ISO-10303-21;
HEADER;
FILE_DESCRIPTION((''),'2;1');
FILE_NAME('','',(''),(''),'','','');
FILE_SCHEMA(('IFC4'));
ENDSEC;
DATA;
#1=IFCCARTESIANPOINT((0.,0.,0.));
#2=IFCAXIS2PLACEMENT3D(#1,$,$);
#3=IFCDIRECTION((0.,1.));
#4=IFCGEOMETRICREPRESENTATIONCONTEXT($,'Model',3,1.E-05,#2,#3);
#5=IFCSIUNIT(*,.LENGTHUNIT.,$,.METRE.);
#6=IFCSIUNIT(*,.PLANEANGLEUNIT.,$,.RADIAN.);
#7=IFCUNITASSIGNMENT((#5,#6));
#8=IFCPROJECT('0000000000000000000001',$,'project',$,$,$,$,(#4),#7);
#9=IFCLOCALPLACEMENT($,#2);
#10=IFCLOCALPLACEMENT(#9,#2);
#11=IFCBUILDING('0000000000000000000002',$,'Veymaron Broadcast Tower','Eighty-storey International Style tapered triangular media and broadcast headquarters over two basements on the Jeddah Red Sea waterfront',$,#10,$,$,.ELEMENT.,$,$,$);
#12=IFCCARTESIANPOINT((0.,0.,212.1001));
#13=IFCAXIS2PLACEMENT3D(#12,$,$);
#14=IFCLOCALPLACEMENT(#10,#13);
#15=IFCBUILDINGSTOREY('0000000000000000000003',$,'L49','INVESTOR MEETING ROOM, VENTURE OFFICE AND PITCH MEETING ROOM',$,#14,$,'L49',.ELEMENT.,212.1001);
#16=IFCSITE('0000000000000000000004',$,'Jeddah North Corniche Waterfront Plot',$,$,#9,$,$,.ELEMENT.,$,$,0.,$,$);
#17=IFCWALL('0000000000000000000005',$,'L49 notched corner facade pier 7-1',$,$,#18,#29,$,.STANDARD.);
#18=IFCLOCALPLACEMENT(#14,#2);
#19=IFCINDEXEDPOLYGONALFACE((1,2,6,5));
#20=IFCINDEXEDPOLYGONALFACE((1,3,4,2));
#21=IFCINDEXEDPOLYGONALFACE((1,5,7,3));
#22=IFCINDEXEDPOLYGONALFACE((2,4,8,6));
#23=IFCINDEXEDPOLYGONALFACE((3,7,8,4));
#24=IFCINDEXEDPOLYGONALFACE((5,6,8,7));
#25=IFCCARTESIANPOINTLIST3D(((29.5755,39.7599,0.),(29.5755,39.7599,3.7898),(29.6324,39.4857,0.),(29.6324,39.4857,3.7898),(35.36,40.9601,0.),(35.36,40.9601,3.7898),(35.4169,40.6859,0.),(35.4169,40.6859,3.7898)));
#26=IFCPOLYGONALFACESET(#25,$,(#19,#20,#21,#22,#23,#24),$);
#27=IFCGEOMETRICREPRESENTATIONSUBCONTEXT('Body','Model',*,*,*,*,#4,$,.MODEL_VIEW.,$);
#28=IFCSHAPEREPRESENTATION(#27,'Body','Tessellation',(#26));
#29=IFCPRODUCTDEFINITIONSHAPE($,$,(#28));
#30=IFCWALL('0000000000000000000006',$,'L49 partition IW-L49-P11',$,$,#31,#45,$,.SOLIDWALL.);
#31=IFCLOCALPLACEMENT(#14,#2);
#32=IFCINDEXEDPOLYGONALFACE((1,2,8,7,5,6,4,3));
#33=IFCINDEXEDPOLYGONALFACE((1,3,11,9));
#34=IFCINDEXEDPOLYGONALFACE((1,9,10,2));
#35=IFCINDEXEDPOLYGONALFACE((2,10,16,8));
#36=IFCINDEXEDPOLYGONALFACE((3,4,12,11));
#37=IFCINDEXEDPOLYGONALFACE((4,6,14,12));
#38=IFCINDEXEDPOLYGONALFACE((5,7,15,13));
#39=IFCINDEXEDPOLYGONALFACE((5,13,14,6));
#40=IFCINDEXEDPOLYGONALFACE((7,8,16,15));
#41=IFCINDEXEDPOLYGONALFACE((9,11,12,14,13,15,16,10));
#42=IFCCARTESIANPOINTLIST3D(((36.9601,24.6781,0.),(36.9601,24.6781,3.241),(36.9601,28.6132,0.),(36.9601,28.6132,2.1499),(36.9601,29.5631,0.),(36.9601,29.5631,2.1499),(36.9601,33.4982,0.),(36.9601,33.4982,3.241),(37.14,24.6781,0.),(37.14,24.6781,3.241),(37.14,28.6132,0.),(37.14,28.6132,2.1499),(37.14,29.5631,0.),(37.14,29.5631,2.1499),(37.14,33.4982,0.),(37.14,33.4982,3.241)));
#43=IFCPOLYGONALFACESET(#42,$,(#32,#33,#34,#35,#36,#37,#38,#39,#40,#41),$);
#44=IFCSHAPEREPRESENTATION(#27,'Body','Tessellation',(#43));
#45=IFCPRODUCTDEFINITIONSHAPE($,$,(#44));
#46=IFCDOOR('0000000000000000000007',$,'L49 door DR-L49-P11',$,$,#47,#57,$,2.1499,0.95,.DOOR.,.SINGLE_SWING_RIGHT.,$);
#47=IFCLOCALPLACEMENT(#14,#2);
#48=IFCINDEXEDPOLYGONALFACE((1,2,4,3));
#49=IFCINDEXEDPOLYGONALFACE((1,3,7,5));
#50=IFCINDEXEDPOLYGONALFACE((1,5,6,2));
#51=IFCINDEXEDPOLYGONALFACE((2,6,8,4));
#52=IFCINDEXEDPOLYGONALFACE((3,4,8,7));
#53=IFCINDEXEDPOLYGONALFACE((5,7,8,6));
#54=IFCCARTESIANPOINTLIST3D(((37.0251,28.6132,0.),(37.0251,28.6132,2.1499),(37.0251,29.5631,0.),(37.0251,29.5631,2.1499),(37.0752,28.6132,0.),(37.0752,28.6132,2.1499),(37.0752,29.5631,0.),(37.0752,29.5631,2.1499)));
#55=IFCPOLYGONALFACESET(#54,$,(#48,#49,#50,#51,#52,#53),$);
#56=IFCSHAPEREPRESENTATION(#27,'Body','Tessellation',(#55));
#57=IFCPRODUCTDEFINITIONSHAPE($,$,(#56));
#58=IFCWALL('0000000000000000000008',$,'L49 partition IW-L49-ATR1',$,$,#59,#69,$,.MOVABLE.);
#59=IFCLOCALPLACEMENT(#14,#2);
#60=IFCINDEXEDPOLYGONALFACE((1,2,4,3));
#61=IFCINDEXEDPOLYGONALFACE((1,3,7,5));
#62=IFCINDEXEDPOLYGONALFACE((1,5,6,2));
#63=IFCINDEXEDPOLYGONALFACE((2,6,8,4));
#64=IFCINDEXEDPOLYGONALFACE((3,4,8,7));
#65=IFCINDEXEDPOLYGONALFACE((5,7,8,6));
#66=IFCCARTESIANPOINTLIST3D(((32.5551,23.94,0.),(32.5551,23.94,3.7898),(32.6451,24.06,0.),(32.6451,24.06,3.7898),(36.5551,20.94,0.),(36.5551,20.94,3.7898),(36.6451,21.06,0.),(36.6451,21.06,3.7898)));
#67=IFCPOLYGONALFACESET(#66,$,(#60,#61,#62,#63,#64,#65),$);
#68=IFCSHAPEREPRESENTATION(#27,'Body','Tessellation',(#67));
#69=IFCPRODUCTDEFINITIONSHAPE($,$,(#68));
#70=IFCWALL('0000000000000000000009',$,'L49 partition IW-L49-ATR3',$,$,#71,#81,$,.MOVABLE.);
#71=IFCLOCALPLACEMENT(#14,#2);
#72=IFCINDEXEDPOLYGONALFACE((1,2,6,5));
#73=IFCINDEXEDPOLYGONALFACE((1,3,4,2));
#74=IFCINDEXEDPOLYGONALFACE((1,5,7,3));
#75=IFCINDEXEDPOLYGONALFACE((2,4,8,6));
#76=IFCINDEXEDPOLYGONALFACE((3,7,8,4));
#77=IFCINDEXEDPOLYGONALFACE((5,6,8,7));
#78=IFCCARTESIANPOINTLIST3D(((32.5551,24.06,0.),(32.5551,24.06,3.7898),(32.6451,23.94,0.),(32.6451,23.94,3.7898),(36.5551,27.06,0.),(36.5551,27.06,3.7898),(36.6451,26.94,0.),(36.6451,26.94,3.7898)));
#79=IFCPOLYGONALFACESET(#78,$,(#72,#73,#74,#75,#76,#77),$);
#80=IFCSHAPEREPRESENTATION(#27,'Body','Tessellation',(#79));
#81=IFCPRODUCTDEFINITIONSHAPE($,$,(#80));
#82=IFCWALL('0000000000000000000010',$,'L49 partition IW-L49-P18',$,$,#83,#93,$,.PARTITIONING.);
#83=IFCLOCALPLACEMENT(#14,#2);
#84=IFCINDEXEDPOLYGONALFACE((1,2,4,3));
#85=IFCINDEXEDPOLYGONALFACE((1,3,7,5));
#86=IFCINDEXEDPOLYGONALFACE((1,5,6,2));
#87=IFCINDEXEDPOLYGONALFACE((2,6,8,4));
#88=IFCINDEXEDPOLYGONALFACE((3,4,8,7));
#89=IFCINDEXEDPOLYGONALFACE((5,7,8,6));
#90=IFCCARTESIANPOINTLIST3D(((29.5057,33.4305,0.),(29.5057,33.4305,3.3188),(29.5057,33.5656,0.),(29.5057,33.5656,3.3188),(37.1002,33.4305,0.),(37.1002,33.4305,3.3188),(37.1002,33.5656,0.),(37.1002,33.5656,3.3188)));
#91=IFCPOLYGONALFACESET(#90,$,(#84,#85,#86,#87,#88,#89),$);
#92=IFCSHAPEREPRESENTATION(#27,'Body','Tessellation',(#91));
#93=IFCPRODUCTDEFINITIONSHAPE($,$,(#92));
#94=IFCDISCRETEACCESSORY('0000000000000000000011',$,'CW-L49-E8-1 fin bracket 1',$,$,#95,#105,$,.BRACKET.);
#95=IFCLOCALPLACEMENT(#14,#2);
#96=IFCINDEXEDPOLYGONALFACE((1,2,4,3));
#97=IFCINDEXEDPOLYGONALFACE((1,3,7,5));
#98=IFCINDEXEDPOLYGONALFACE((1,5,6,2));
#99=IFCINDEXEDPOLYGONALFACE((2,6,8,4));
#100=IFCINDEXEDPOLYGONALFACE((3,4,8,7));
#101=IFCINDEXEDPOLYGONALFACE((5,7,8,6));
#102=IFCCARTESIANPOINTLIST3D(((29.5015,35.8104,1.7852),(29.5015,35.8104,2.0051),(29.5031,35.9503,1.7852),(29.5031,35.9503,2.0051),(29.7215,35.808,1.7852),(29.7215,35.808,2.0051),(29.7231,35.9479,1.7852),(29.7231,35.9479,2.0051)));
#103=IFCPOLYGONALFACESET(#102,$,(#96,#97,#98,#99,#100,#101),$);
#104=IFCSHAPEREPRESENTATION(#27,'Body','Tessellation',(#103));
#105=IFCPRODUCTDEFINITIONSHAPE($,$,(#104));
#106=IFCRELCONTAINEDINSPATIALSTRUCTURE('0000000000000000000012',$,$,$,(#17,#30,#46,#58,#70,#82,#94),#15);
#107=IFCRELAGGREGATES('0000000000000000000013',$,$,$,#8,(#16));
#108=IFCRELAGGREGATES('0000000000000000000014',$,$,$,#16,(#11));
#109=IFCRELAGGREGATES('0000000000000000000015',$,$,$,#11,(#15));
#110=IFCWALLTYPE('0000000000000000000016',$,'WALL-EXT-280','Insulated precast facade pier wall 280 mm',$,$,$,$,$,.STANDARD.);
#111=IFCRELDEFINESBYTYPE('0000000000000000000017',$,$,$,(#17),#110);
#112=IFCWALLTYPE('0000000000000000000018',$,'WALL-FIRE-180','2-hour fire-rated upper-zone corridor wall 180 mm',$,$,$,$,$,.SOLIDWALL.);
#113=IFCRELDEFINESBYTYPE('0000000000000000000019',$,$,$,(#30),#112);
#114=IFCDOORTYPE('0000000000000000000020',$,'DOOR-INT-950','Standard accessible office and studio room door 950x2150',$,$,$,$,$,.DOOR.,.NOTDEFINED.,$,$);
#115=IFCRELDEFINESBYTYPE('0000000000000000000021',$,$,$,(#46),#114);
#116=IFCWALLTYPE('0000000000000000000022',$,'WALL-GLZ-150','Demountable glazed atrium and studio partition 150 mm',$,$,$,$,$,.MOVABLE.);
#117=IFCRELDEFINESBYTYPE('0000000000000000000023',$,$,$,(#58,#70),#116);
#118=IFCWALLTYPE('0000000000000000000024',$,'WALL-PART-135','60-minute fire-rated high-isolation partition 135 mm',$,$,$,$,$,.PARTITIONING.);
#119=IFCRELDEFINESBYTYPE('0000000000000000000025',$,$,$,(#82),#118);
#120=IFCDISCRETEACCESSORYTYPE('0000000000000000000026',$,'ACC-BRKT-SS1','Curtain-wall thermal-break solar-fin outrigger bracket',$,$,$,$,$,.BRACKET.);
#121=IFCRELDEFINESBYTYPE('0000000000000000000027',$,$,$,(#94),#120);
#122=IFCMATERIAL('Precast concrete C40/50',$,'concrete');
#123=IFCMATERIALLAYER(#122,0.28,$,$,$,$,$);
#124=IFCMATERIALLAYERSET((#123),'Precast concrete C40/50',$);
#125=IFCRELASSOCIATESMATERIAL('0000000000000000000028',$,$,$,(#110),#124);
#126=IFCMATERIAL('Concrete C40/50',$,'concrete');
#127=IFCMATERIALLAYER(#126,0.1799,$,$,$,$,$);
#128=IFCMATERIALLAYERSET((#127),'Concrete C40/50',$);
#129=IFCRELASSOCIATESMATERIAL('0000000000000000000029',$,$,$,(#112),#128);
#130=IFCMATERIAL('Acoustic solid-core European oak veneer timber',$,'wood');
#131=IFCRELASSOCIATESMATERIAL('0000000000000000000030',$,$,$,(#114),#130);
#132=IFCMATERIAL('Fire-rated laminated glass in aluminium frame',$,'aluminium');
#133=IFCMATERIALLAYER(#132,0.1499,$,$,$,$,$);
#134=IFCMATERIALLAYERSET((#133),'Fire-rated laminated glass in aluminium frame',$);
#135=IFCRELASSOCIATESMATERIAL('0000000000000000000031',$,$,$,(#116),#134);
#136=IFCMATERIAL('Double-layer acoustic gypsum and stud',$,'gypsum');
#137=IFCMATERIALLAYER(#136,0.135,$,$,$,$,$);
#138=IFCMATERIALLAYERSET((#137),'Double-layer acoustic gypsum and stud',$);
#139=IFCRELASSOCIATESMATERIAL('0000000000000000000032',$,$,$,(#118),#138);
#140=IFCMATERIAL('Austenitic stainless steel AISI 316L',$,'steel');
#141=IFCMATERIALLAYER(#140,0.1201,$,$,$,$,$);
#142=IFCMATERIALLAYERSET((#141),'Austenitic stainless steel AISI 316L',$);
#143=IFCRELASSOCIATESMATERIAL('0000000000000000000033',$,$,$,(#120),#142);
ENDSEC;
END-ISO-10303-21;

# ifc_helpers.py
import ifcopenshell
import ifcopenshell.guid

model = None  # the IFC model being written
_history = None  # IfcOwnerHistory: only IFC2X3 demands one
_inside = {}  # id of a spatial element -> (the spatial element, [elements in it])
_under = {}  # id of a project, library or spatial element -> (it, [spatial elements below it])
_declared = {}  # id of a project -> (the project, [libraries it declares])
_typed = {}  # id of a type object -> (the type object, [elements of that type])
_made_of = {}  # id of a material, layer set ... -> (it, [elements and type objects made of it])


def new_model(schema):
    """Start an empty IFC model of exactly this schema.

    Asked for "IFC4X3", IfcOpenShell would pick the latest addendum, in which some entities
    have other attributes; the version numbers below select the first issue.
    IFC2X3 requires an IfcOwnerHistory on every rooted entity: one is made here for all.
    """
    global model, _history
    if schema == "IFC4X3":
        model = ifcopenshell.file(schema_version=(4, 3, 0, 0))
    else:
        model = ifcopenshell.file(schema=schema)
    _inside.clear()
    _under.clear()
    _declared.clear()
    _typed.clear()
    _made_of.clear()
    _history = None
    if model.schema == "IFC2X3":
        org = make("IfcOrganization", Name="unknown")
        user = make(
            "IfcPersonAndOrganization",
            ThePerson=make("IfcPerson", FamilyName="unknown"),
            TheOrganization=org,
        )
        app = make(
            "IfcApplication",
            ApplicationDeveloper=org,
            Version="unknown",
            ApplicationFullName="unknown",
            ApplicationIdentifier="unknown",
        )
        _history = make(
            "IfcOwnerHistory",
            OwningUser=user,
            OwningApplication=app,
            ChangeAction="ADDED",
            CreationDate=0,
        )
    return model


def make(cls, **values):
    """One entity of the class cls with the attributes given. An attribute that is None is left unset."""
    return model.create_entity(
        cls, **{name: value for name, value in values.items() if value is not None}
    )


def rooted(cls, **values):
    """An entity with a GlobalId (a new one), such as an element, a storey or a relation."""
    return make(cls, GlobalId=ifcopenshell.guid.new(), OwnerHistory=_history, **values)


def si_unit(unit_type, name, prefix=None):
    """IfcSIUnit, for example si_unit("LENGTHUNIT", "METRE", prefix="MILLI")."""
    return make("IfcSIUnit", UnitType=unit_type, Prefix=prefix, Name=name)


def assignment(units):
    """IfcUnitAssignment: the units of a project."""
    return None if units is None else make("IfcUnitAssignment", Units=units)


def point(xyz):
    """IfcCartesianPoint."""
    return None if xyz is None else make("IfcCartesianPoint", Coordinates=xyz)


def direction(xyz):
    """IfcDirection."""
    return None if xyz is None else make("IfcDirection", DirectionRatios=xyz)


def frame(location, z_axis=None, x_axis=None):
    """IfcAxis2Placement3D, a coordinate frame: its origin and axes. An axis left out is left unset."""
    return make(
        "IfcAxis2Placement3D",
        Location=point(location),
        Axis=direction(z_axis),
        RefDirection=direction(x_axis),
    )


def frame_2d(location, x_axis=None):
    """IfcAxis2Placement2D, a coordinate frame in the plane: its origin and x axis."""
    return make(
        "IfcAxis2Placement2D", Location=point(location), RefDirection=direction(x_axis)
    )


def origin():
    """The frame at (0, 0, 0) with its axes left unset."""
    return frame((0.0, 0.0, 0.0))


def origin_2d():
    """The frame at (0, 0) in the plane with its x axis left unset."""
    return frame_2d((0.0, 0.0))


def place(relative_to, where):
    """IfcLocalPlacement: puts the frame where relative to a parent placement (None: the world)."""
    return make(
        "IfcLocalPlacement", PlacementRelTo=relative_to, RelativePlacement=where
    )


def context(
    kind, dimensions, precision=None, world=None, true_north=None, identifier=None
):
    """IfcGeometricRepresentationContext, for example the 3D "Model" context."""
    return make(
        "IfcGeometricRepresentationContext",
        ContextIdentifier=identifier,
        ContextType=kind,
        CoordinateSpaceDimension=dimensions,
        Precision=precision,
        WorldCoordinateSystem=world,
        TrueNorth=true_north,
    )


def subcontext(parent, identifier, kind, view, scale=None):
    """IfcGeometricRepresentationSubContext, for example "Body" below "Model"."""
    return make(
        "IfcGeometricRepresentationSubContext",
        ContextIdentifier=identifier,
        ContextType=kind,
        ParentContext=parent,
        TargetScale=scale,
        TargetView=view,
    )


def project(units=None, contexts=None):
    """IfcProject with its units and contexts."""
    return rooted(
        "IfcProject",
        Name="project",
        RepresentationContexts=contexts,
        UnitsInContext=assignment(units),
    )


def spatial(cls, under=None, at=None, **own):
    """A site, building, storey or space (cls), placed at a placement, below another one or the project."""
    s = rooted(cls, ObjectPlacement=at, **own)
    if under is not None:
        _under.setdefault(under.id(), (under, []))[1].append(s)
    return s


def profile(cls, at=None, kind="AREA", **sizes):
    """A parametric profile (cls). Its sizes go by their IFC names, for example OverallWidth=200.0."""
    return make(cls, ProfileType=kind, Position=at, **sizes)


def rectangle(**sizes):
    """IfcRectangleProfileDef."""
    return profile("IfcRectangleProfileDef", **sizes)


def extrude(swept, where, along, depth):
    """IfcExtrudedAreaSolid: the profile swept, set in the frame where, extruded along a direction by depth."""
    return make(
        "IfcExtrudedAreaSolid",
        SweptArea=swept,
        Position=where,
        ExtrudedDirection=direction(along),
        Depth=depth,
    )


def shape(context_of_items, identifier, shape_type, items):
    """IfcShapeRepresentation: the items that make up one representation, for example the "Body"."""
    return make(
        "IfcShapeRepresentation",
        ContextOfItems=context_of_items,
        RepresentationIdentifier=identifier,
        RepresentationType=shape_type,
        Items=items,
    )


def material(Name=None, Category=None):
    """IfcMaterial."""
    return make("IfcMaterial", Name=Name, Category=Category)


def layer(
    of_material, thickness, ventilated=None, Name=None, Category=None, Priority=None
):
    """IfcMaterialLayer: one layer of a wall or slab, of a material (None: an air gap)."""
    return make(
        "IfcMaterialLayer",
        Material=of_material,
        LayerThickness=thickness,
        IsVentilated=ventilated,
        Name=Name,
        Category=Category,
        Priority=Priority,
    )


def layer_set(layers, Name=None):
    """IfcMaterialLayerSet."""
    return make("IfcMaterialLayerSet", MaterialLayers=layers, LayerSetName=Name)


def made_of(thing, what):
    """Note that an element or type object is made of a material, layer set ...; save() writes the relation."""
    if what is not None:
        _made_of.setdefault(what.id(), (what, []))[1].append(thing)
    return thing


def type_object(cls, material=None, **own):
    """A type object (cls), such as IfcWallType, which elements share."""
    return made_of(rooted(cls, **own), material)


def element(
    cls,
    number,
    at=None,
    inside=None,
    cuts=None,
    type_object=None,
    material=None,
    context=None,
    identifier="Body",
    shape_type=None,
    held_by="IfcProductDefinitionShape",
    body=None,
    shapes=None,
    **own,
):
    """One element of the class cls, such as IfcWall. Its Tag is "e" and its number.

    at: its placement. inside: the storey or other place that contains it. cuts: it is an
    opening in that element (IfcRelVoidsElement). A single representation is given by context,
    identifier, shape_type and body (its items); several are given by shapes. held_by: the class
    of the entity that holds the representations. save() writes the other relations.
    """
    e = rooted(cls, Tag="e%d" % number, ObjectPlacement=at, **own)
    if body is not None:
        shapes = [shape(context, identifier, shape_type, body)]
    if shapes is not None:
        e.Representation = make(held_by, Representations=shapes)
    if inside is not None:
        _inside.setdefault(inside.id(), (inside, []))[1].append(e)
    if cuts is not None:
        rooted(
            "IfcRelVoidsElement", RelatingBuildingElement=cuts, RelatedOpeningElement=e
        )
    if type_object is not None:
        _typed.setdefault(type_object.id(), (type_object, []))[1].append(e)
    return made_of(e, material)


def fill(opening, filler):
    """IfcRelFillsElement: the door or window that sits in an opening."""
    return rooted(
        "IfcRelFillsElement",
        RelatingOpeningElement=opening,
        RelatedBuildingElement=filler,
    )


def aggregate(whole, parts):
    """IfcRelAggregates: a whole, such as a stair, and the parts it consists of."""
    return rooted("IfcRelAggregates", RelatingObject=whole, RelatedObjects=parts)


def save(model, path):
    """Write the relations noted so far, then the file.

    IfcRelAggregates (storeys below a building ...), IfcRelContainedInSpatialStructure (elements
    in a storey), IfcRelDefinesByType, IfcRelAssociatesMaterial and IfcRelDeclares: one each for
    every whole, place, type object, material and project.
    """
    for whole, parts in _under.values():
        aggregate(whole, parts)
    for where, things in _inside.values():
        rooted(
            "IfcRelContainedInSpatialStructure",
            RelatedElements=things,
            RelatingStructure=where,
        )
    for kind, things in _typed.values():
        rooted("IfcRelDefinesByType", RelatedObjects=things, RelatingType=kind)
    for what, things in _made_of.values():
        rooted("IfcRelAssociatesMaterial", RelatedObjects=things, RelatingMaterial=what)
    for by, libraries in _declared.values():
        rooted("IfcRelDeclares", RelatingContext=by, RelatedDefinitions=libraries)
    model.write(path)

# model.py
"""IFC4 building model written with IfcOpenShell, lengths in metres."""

from ifc_helpers import new_model, si_unit, direction, frame, frame_2d, origin, origin_2d, place, context, subcontext, project, spatial, rectangle, extrude, material, layer, layer_set, type_object, element, fill, save


model = new_model("IFC4")

# Units and contexts
model_context = context("Model", 3, precision=1e-05, world=origin(), true_north=direction((0.0, 1.0)))
body_context = subcontext(model_context, "Body", "Model", "MODEL_VIEW")
ifc_project = project(units=[si_unit("LENGTHUNIT", "METRE"), si_unit("PLANEANGLEUNIT", "RADIAN")], contexts=[model_context])

# Site, building, storey
site_placement = place(None, origin())
site = spatial("IfcSite", under=ifc_project, at=site_placement, Name="Jeddah North Corniche Waterfront Plot", CompositionType="ELEMENT", RefElevation=0.0)
building_placement = place(site_placement, origin())
building = spatial("IfcBuilding", under=site, at=building_placement, Name="Veymaron Broadcast Tower", Description="Eighty-storey International Style tapered triangular media and broadcast headquarters over two basements on the Jeddah Red Sea waterfront", CompositionType="ELEMENT")
storey_placement = place(building_placement, frame((0.0, 0.0, 212.1001)))
storey = spatial("IfcBuildingStorey", under=building, at=storey_placement, Name="L49", Description="INVESTOR MEETING ROOM, VENTURE OFFICE AND PITCH MEETING ROOM", LongName="L49", CompositionType="ELEMENT", Elevation=212.1001)

# Wall
ifc_material_1 = material(Name="Precast concrete C40/50", Category="concrete")
ifc_layer_1 = layer(ifc_material_1, 0.28)
ifc_layer_set_1 = layer_set([ifc_layer_1], Name="Precast concrete C40/50")
wall_type_1 = type_object("IfcWallType", Name="WALL-EXT-280", Description="Insulated precast facade pier wall 280 mm", PredefinedType="STANDARD", material=ifc_layer_set_1)
wall_1_placement = place(storey_placement, frame((35.3884, 40.823, 0.0), z_axis=(0.0, 0.0, 1.0), x_axis=(-0.979145, -0.20316, 0.0)))
element("IfcWall", 1, at=wall_1_placement, inside=storey, type_object=wall_type_1, Name="L49 notched corner facade pier 7-1", PredefinedType="STANDARD", context=body_context, shape_type="SweptSolid", body=[
    extrude(rectangle(XDim=5.9077, YDim=0.28, at=frame_2d((2.9539, 0.0))), origin(), (0.0, 0.0, 1.0), 3.7898),
])

# Wall, opening, door
ifc_material_2 = material(Name="Concrete C40/50", Category="concrete")
ifc_layer_2 = layer(ifc_material_2, 0.1799)
ifc_layer_set_2 = layer_set([ifc_layer_2], Name="Concrete C40/50")
wall_type_2 = type_object("IfcWallType", Name="WALL-FIRE-180", Description="2-hour fire-rated upper-zone corridor wall 180 mm", PredefinedType="SOLIDWALL", material=ifc_layer_set_2)
wall_2_placement = place(storey_placement, frame((37.05, 24.678, 0.0), z_axis=(0.0, 0.0, 1.0), x_axis=(0.0, 1.0, 0.0)))
wall_2 = element("IfcWall", 2, at=wall_2_placement, inside=storey, type_object=wall_type_2, Name="L49 partition IW-L49-P11", PredefinedType="SOLIDWALL", context=body_context, shape_type="SweptSolid", body=[
    extrude(rectangle(XDim=8.8201, YDim=0.1799, at=frame_2d((4.4102, 0.0))), origin(), (0.0, 0.0, 1.0), 3.241),
])
opening_1_placement = place(wall_2_placement, frame((3.9351, 0.0, 0.0)))
opening_1 = element("IfcOpeningElement", 3, at=opening_1_placement, cuts=wall_2, PredefinedType="OPENING", context=body_context, shape_type="SweptSolid", body=[
    extrude(rectangle(XDim=0.95, YDim=2.1499, at=frame_2d((0.4751, 1.075))), frame((0.0, 0.1001, 0.0), z_axis=(0.0, -1.0, 0.0), x_axis=(1.0, 0.0, 0.0)), (0.0, 0.0, 1.0), 0.2),
])
ifc_material_3 = material(Name="Acoustic solid-core European oak veneer timber", Category="wood")
door_type = type_object("IfcDoorType", Name="DOOR-INT-950", Description="Standard accessible office and studio room door 950x2150", OperationType="NOTDEFINED", PredefinedType="DOOR", material=ifc_material_3)
door_1_placement = place(opening_1_placement, origin())
door_1 = element("IfcDoor", 4, at=door_1_placement, inside=storey, type_object=door_type, Name="L49 door DR-L49-P11", OperationType="SINGLE_SWING_RIGHT", OverallHeight=2.1499, OverallWidth=0.95, PredefinedType="DOOR", context=body_context, shape_type="SweptSolid", body=[
    extrude(rectangle(XDim=0.95, YDim=2.1499, at=frame_2d((0.4751, 1.075))), frame((0.0, 0.0249, 0.0), z_axis=(0.0, -1.0, 0.0), x_axis=(1.0, 0.0, 0.0)), (0.0, 0.0, 1.0), 0.05),
])
fill(opening_1, door_1)

# Walls
ifc_material_4 = material(Name="Fire-rated laminated glass in aluminium frame", Category="aluminium")
ifc_layer_3 = layer(ifc_material_4, 0.1499)
ifc_layer_set_3 = layer_set([ifc_layer_3], Name="Fire-rated laminated glass in aluminium frame")
wall_type_3 = type_object("IfcWallType", Name="WALL-GLZ-150", Description="Demountable glazed atrium and studio partition 150 mm", PredefinedType="MOVABLE", material=ifc_layer_set_3)
for number, where, z_axis, x_axis, name in (
    (5, (32.6001, 24.0, 0.0), (0.0, 0.0, 1.0), (0.8, -0.6, 0.0), "L49 partition IW-L49-ATR1"),
    (6, (36.6001, 27.0, 0.0), (0.0, 0.0, 1.0), (-0.8, -0.6, 0.0), "L49 partition IW-L49-ATR3"),
):
    element("IfcWall", number, at=place(storey_placement, frame(where, z_axis=z_axis, x_axis=x_axis)), inside=storey, type_object=wall_type_3, Name=name, PredefinedType="MOVABLE", context=body_context, shape_type="SweptSolid", body=[
        extrude(rectangle(XDim=5.0, YDim=0.1499, at=frame_2d((2.5, 0.0))), origin(), (0.0, 0.0, 1.0), 3.7898),
    ])
ifc_material_5 = material(Name="Double-layer acoustic gypsum and stud", Category="gypsum")
ifc_layer_4 = layer(ifc_material_5, 0.135)
ifc_layer_set_4 = layer_set([ifc_layer_4], Name="Double-layer acoustic gypsum and stud")
wall_type_4 = type_object("IfcWallType", Name="WALL-PART-135", Description="60-minute fire-rated high-isolation partition 135 mm", PredefinedType="PARTITIONING", material=ifc_layer_set_4)
wall_3_placement = place(storey_placement, frame((29.5056, 33.498, 0.0), z_axis=(0.0, 0.0, 1.0), x_axis=(1.0, 0.0, 0.0)))
element("IfcWall", 7, at=wall_3_placement, inside=storey, type_object=wall_type_4, Name="L49 partition IW-L49-P18", PredefinedType="PARTITIONING", context=body_context, shape_type="SweptSolid", body=[
    extrude(rectangle(XDim=7.5945, YDim=0.135, at=frame_2d((3.7974, 0.0))), origin(), (0.0, 0.0, 1.0), 3.3188),
])

# Discrete accessory
ifc_material_6 = material(Name="Austenitic stainless steel AISI 316L", Category="steel")
ifc_layer_5 = layer(ifc_material_6, 0.1201)
ifc_layer_set_5 = layer_set([ifc_layer_5], Name="Austenitic stainless steel AISI 316L")
discrete_accessory_type = type_object("IfcDiscreteAccessoryType", Name="ACC-BRKT-SS1", Description="Curtain-wall thermal-break solar-fin outrigger bracket", PredefinedType="BRACKET", material=ifc_layer_set_5)
discrete_accessory_placement = place(storey_placement, frame((29.6123, 35.8792, 1.7852), z_axis=(0.0, 0.0, 1.0), x_axis=(-0.999938, 0.011152, 0.0)))
element("IfcDiscreteAccessory", 8, at=discrete_accessory_placement, inside=storey, type_object=discrete_accessory_type, Name="CW-L49-E8-1 fin bracket 1", PredefinedType="BRACKET", context=body_context, shape_type="SweptSolid", body=[
    extrude(rectangle(XDim=0.22, YDim=0.1399, at=origin_2d()), origin(), (0.0, 0.0, 1.0), 0.22),
])

save(model, "model.ifc")
